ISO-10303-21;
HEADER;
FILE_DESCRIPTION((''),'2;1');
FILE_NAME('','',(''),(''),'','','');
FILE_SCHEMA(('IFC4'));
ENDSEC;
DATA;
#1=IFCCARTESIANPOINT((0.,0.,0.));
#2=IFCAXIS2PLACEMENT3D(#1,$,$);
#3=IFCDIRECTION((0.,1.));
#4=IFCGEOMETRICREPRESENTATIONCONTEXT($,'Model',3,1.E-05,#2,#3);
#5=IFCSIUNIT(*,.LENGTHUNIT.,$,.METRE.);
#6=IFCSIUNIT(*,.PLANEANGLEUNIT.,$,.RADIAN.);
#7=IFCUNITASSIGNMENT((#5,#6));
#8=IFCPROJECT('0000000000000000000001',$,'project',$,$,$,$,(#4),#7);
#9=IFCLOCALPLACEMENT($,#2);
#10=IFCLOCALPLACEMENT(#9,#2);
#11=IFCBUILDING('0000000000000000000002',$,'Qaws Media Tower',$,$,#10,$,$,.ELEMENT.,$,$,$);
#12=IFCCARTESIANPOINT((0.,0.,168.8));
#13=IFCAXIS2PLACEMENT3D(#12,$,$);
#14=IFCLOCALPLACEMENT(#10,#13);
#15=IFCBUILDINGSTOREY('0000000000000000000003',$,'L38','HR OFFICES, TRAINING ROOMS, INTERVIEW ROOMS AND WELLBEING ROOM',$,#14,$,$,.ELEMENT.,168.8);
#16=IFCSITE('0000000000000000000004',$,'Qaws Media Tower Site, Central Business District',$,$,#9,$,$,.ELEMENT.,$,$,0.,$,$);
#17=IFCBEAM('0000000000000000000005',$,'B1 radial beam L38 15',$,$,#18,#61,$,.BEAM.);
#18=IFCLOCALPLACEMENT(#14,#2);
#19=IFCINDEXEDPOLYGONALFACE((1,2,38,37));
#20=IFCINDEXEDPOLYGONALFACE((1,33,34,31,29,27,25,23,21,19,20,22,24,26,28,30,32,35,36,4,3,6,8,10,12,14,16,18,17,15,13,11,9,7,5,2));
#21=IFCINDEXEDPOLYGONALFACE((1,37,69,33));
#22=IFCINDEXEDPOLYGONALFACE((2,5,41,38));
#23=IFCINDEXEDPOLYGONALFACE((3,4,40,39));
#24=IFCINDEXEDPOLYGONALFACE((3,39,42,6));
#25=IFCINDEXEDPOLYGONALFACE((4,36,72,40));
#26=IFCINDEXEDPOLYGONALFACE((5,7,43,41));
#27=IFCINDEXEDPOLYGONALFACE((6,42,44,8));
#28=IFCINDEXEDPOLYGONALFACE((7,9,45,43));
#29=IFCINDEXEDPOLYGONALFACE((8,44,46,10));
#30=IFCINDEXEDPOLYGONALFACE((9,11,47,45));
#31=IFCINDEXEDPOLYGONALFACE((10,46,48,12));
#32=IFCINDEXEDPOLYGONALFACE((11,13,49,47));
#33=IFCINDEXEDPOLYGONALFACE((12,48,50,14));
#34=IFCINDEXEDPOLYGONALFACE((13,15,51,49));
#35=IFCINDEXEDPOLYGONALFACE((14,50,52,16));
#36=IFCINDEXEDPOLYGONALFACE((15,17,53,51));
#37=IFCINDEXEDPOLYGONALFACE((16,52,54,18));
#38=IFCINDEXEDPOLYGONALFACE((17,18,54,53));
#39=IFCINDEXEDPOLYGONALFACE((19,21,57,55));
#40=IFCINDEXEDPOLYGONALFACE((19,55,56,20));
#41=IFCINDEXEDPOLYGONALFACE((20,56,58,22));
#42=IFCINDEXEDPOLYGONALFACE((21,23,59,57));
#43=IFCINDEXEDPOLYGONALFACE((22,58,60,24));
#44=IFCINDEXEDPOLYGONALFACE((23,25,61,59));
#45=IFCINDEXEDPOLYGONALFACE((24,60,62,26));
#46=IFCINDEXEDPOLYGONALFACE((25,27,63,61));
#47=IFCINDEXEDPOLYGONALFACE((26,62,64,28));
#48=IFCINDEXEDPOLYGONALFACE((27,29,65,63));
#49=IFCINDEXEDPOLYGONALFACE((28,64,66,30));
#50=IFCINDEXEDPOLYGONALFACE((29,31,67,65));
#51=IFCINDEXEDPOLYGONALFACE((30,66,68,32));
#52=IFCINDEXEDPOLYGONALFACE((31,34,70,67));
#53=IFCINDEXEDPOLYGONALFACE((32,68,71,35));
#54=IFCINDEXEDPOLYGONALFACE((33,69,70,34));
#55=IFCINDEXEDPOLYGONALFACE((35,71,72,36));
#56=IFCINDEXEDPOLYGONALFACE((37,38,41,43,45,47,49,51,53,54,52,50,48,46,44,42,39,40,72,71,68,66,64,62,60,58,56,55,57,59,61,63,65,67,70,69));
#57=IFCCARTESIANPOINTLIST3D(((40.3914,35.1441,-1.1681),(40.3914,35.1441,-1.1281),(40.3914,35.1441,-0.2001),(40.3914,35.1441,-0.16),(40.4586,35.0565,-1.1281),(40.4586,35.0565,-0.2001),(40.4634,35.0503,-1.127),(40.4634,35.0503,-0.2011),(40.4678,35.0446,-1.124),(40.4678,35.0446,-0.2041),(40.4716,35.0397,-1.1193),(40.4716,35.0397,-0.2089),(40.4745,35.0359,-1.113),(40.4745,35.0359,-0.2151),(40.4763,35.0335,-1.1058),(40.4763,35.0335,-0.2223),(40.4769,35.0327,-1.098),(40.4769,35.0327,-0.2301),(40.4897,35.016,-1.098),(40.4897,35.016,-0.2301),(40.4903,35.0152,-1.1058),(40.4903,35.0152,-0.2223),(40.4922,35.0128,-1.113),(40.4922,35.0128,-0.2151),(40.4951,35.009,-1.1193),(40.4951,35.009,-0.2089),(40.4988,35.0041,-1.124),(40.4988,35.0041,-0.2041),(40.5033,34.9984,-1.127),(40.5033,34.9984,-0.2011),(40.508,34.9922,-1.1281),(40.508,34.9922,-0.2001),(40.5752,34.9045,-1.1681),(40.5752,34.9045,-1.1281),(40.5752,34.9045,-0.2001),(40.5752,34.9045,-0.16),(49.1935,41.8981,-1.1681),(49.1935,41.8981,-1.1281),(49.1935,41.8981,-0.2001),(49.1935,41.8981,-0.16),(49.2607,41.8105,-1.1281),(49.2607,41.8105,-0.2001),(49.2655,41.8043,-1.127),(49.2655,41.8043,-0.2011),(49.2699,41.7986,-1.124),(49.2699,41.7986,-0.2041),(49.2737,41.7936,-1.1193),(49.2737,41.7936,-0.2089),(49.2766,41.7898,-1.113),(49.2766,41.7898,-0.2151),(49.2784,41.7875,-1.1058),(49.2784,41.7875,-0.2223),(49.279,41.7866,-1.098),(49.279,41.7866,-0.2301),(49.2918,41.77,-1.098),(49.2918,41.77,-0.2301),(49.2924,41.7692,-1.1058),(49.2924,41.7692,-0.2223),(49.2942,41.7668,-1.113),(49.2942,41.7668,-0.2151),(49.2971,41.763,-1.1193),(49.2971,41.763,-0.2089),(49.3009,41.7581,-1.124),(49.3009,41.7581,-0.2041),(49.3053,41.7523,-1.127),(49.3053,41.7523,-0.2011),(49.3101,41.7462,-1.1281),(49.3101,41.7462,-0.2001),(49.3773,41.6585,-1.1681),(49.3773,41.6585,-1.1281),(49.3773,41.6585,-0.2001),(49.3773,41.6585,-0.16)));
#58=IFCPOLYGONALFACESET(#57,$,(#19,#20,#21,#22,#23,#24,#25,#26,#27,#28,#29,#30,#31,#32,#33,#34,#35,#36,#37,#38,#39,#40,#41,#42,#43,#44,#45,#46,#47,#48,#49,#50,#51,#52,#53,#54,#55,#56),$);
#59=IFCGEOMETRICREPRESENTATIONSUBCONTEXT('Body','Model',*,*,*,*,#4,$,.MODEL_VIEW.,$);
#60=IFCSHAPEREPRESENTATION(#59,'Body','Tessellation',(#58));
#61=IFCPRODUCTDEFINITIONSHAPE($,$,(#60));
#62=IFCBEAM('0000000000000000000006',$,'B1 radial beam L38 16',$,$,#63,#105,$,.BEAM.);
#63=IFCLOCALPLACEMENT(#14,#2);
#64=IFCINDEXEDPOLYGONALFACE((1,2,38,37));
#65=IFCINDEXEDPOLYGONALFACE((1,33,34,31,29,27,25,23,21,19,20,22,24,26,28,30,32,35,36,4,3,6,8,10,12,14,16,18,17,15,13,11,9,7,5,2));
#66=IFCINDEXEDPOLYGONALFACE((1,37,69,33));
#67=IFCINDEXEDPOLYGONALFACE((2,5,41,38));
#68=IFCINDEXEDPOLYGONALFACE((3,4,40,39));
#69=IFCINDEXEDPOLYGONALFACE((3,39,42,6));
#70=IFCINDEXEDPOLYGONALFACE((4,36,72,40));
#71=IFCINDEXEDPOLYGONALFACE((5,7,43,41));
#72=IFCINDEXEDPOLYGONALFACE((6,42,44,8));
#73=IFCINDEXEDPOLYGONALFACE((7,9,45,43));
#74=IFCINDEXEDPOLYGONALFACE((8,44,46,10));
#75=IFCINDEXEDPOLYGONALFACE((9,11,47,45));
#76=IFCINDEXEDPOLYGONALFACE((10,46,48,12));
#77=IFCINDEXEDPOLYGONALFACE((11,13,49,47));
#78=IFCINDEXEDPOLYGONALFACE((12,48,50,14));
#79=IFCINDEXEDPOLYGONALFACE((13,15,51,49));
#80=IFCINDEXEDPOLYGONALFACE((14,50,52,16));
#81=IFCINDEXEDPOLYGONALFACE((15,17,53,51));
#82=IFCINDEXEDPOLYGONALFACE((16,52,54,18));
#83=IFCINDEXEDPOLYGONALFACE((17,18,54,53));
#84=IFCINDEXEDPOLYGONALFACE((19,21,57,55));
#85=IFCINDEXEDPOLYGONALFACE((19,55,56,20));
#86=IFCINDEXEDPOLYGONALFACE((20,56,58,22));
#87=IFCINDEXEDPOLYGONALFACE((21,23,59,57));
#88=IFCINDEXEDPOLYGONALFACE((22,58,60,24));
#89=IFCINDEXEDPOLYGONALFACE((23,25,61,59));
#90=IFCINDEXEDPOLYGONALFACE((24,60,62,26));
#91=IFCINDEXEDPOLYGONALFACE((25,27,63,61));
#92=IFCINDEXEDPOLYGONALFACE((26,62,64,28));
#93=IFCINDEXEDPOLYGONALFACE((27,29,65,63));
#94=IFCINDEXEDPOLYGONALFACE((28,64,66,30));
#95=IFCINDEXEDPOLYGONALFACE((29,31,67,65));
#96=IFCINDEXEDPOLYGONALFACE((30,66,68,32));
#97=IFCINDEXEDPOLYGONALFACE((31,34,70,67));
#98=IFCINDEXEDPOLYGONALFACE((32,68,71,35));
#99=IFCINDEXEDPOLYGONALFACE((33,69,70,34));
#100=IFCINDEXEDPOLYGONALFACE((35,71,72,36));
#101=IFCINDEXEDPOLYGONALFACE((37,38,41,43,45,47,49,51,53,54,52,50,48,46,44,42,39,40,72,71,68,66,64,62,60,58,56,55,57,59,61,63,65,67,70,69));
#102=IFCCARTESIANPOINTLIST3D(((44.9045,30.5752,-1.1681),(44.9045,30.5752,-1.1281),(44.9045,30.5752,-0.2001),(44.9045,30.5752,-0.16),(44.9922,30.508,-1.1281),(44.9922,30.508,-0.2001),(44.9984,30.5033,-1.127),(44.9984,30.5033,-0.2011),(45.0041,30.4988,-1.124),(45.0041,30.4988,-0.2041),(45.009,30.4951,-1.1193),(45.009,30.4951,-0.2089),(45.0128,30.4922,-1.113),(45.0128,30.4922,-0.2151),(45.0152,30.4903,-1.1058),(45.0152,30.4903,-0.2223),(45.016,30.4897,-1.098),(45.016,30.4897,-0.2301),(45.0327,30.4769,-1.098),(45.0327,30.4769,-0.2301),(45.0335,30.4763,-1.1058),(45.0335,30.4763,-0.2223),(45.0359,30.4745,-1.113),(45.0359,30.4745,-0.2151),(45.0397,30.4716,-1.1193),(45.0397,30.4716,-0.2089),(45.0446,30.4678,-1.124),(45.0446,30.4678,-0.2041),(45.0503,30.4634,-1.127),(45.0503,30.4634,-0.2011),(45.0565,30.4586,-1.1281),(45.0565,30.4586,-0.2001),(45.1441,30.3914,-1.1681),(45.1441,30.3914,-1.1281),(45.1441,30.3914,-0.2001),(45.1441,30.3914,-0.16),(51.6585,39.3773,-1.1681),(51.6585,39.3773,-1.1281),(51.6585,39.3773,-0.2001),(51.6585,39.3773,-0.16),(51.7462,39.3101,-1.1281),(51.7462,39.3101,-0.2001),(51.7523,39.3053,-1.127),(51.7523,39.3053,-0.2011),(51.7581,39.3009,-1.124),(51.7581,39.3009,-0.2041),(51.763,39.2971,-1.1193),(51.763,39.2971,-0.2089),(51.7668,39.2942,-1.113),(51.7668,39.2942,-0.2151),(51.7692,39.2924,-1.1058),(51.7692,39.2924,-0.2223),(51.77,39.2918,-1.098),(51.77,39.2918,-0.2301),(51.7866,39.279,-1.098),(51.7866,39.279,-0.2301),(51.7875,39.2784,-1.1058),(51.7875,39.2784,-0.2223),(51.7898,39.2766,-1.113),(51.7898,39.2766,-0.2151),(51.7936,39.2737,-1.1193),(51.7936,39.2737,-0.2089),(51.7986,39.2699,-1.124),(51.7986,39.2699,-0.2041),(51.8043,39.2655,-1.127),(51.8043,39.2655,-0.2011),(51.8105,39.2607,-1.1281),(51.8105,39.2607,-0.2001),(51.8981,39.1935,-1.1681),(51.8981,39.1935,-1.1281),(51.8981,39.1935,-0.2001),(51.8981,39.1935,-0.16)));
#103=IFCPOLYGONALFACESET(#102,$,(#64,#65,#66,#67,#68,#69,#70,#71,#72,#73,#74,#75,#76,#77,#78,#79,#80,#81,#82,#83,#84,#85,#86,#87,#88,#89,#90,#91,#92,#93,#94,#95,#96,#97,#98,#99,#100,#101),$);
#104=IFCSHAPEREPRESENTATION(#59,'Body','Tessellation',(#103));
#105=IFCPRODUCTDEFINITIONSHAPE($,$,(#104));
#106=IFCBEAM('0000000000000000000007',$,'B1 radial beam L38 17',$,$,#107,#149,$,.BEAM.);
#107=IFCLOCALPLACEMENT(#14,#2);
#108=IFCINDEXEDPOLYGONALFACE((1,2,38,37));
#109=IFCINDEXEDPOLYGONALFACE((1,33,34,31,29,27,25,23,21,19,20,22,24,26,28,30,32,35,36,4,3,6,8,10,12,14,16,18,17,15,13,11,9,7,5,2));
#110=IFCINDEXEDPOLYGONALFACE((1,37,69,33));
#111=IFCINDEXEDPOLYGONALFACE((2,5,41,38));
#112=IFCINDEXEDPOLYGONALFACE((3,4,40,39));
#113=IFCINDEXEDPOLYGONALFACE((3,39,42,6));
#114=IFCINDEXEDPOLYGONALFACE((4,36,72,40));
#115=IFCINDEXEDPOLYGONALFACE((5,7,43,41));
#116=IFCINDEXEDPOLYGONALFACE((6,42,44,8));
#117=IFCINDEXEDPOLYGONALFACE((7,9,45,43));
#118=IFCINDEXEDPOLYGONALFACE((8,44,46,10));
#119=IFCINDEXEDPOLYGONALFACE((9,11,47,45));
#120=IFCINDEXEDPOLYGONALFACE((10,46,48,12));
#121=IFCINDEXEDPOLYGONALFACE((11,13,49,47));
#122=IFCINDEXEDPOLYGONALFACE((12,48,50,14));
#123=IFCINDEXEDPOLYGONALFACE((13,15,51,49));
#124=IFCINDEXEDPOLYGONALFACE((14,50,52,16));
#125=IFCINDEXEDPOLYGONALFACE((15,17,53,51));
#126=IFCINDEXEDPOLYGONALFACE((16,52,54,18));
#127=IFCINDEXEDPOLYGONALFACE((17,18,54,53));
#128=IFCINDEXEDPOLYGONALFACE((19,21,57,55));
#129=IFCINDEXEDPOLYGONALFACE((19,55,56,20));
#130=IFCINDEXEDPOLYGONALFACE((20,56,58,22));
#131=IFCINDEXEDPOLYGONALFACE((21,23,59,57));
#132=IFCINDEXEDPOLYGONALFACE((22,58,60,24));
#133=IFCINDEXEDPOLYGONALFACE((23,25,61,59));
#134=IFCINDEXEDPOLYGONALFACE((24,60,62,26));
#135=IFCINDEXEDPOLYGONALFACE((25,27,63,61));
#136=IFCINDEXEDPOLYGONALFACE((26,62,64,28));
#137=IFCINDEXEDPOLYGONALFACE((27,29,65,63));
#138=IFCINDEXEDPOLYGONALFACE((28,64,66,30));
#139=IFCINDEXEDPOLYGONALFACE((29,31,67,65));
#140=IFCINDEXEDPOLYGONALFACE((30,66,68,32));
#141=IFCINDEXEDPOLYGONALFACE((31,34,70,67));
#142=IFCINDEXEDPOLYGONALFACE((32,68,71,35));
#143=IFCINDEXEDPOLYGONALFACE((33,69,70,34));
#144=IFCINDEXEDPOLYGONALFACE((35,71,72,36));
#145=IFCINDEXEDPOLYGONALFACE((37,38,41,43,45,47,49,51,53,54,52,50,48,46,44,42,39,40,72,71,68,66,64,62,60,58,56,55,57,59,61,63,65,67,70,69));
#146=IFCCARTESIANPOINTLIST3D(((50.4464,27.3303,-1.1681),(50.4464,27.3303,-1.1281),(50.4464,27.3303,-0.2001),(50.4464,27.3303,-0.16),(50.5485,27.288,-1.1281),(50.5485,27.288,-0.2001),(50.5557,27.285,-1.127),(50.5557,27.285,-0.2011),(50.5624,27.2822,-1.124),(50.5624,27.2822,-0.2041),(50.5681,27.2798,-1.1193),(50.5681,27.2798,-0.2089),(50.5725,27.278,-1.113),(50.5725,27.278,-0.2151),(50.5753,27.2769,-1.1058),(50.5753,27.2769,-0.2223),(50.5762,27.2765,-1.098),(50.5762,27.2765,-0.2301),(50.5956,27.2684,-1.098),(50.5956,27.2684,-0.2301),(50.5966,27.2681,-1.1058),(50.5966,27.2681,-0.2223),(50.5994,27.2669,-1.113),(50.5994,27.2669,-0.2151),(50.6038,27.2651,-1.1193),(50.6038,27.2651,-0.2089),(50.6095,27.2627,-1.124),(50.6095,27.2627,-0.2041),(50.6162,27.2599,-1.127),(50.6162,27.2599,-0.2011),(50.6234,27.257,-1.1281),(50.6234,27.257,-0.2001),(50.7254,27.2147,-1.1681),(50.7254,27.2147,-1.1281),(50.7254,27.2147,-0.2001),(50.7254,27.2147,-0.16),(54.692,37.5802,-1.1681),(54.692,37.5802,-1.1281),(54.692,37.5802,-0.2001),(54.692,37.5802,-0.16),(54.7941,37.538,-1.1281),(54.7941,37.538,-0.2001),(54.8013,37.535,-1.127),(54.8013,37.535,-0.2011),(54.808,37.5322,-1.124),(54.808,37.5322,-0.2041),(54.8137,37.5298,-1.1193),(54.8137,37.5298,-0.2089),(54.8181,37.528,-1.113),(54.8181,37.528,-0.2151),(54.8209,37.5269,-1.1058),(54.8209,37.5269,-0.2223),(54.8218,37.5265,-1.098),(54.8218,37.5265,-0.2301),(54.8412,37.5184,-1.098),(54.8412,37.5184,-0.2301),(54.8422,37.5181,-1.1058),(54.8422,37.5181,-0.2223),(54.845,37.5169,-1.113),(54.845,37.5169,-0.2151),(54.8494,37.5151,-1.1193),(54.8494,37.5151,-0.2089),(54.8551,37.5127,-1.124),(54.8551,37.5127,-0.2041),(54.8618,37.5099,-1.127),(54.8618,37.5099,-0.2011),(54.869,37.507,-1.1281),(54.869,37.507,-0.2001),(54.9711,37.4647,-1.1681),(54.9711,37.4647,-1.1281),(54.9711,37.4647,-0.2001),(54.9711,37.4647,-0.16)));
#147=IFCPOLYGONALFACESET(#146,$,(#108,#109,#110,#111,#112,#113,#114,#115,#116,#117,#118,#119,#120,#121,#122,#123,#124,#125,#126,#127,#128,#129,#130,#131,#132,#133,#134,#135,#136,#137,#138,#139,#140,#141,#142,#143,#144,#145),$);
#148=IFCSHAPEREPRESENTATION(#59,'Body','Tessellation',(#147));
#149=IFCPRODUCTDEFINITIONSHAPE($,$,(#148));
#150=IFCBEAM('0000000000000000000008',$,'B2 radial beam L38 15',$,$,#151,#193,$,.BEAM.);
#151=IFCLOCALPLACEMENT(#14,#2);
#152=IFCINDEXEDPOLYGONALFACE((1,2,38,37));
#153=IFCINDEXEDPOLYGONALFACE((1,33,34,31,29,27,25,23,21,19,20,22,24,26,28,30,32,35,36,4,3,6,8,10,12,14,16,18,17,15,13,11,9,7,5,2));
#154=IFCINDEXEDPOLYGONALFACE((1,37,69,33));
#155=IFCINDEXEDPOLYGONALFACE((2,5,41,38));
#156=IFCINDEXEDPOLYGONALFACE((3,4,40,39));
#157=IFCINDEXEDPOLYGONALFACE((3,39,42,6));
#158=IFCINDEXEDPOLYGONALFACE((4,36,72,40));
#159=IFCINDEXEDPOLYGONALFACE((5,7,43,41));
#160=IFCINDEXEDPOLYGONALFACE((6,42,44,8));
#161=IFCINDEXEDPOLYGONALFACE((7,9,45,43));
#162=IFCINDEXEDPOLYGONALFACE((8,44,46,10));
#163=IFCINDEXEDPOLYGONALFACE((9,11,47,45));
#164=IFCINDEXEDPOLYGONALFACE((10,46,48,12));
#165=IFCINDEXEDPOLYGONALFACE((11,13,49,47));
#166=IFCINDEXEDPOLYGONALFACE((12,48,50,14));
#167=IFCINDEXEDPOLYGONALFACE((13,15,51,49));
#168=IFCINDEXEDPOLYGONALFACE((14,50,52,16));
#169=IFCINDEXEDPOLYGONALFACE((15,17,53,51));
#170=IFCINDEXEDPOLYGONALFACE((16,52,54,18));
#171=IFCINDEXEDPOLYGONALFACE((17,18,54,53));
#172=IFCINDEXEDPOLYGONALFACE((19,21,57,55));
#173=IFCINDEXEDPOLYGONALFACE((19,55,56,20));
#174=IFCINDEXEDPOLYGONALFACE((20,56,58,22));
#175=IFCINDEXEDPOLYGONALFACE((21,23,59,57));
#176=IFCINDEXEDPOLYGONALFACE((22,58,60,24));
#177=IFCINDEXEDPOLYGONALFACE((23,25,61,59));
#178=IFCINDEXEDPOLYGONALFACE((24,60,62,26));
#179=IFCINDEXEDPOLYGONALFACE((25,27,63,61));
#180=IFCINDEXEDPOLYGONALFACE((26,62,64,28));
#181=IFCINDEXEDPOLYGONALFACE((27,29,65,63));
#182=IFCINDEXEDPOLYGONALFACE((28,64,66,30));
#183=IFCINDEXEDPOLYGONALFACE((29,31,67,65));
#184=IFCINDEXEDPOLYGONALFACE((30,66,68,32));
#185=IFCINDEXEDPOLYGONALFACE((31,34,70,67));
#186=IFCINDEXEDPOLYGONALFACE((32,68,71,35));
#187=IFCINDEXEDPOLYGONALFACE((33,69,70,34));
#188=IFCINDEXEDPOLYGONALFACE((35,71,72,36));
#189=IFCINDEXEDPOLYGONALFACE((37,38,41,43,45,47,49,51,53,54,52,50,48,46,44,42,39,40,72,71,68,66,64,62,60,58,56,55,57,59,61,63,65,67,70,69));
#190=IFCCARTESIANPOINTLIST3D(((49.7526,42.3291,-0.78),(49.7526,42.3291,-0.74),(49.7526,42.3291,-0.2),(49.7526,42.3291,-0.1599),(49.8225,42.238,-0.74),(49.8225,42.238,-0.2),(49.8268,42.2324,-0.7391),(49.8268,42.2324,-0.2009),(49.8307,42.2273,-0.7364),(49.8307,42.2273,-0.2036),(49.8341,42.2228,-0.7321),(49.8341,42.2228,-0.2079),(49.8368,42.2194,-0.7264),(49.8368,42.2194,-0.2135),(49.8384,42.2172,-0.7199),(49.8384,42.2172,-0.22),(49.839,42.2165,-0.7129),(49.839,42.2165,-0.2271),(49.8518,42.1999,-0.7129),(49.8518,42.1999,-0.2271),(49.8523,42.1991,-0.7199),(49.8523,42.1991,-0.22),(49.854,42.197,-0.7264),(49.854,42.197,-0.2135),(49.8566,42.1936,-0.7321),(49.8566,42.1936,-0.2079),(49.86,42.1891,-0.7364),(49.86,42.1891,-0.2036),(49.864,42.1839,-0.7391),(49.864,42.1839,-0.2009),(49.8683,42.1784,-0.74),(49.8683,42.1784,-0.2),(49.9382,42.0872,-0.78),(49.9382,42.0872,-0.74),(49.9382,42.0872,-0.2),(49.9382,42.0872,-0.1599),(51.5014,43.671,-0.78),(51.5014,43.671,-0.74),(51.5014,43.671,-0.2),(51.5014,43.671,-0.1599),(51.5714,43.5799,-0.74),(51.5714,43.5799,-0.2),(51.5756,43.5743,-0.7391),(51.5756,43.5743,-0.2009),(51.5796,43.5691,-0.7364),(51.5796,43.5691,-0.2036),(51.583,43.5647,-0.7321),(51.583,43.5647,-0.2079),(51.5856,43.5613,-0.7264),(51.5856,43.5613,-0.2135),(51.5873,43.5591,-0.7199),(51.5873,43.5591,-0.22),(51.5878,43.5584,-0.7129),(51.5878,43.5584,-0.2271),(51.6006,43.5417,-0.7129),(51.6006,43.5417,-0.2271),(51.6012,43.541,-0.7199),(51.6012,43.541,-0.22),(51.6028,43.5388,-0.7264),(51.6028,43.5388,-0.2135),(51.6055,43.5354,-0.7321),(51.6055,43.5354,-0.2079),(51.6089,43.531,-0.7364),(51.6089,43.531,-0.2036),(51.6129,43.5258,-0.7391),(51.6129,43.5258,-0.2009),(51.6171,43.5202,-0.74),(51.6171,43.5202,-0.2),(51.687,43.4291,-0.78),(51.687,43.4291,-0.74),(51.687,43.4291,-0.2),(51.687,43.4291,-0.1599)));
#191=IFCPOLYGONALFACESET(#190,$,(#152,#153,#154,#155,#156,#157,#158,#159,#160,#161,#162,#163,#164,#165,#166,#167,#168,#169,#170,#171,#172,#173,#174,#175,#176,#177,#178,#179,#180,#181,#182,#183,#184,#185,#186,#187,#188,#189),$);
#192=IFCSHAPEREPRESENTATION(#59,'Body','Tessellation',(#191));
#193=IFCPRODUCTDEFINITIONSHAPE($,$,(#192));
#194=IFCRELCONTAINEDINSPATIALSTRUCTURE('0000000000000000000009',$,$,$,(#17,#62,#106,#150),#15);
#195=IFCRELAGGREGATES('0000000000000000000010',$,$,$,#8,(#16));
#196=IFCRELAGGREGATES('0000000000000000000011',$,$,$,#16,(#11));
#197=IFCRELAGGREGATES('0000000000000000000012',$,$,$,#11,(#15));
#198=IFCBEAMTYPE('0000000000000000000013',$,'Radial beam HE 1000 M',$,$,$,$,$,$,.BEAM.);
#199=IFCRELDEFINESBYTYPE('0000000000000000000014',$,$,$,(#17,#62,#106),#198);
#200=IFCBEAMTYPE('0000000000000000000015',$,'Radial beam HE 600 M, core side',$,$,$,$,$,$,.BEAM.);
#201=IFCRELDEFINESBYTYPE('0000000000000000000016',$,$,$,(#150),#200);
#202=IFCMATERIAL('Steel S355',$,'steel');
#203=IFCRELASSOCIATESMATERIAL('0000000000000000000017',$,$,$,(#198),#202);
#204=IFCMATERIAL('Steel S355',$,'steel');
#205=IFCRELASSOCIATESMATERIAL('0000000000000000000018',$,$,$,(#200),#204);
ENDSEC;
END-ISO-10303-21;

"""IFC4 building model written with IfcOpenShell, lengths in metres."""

from ifc_helpers import new_model, si_unit, direction, frame, origin, origin_2d, place, context, subcontext, project, spatial, i_section, extrude, material, material_profile, profile_set, type_object, element, save


model = new_model("IFC4")

# Units and contexts
model_context = context("Model", 3, precision=1e-05, world=origin(), true_north=direction((0.0, 1.0)))
body_context = subcontext(model_context, "Body", "Model", "MODEL_VIEW")
ifc_project = project(units=[si_unit("LENGTHUNIT", "METRE"), si_unit("PLANEANGLEUNIT", "RADIAN")], contexts=[model_context])

# Site, building, storey
site_placement = place(None, origin())
site = spatial("IfcSite", under=ifc_project, at=site_placement, Name="Qaws Media Tower Site, Central Business District", CompositionType="ELEMENT", RefElevation=0.0)
building_placement = place(site_placement, origin())
building = spatial("IfcBuilding", under=site, at=building_placement, Name="Qaws Media Tower", CompositionType="ELEMENT")
storey_placement = place(building_placement, frame((0.0, 0.0, 168.8)))
storey = spatial("IfcBuildingStorey", under=building, at=storey_placement, Name="L38", Description="HR OFFICES, TRAINING ROOMS, INTERVIEW ROOMS AND WELLBEING ROOM", CompositionType="ELEMENT", Elevation=168.8)

# Beams
ifc_material_1 = material(Name="Steel S355", Category="steel")
ifc_material_profile_1 = material_profile(ifc_material_1, i_section(OverallWidth=0.302, OverallDepth=1.0081, WebThickness=0.021, FlangeThickness=0.04, FilletRadius=0.03, at=origin_2d()), Name="HE 1000 M")
ifc_profile_set_1 = profile_set([ifc_material_profile_1], Name="Steel S355")
beam_type_1 = type_object("IfcBeamType", Name="Radial beam HE 1000 M", PredefinedType="BEAM", material=ifc_profile_set_1)
for number, where, z_axis, x_axis, name in (
    (1, (49.2854, 41.7783, -0.6641), (-0.793358, -0.608755, 0.0), (0.608755, -0.793358, 0.0), "B1 radial beam L38 15"),
    (2, (51.7783, 39.2854, -0.6641), (-0.608755, -0.793358, 0.0), (0.793358, -0.608755, 0.0), "B1 radial beam L38 16"),
):
    element("IfcBeam", number, at=place(storey_placement, frame(where, z_axis=z_axis, x_axis=x_axis)), inside=storey, type_object=beam_type_1, Name=name, PredefinedType="BEAM", context=body_context, shape_type="SweptSolid", body=[
        extrude(i_section(OverallWidth=0.302, OverallDepth=1.0081, WebThickness=0.021, FlangeThickness=0.04, FilletRadius=0.03, at=origin_2d()), origin(), (0.0, 0.0, 1.0), 11.0947),
    ])
beam_1_placement = place(storey_placement, frame((54.8315, 37.5225, -0.6641), z_axis=(-0.382677, -0.923882, 0.0), x_axis=(0.923882, -0.382677, 0.0)))
element("IfcBeam", 3, at=beam_1_placement, inside=storey, type_object=beam_type_1, Name="B1 radial beam L38 17", PredefinedType="BEAM", context=body_context, shape_type="SweptSolid", body=[
    extrude(i_section(OverallWidth=0.302, OverallDepth=1.0081, WebThickness=0.021, FlangeThickness=0.04, FilletRadius=0.03, at=origin_2d()), origin(), (0.0, 0.0, 1.0), 11.0945),
])
ifc_material_2 = material(Name="Steel S355", Category="steel")
ifc_material_profile_2 = material_profile(ifc_material_2, i_section(OverallWidth=0.3049, OverallDepth=0.6201, WebThickness=0.021, FlangeThickness=0.04, FilletRadius=0.0271, at=origin_2d()), Name="HE 600 M")
ifc_profile_set_2 = profile_set([ifc_material_profile_2], Name="Steel S355")
beam_type_2 = type_object("IfcBeamType", Name="Radial beam HE 600 M, core side", PredefinedType="BEAM", material=ifc_profile_set_2)
beam_2_placement = place(storey_placement, frame((51.5942, 43.55, -0.47), z_axis=(-0.793373, -0.608736, 0.0), x_axis=(0.608736, -0.793373, 0.0)))
element("IfcBeam", 4, at=beam_2_placement, inside=storey, type_object=beam_type_2, Name="B2 radial beam L38 15", PredefinedType="BEAM", context=body_context, shape_type="SweptSolid", body=[
    extrude(i_section(OverallWidth=0.3049, OverallDepth=0.6201, WebThickness=0.021, FlangeThickness=0.04, FilletRadius=0.0271, at=origin_2d()), origin(), (0.0, 0.0, 1.0), 2.2043),
])

save(model, "model.ifc")
